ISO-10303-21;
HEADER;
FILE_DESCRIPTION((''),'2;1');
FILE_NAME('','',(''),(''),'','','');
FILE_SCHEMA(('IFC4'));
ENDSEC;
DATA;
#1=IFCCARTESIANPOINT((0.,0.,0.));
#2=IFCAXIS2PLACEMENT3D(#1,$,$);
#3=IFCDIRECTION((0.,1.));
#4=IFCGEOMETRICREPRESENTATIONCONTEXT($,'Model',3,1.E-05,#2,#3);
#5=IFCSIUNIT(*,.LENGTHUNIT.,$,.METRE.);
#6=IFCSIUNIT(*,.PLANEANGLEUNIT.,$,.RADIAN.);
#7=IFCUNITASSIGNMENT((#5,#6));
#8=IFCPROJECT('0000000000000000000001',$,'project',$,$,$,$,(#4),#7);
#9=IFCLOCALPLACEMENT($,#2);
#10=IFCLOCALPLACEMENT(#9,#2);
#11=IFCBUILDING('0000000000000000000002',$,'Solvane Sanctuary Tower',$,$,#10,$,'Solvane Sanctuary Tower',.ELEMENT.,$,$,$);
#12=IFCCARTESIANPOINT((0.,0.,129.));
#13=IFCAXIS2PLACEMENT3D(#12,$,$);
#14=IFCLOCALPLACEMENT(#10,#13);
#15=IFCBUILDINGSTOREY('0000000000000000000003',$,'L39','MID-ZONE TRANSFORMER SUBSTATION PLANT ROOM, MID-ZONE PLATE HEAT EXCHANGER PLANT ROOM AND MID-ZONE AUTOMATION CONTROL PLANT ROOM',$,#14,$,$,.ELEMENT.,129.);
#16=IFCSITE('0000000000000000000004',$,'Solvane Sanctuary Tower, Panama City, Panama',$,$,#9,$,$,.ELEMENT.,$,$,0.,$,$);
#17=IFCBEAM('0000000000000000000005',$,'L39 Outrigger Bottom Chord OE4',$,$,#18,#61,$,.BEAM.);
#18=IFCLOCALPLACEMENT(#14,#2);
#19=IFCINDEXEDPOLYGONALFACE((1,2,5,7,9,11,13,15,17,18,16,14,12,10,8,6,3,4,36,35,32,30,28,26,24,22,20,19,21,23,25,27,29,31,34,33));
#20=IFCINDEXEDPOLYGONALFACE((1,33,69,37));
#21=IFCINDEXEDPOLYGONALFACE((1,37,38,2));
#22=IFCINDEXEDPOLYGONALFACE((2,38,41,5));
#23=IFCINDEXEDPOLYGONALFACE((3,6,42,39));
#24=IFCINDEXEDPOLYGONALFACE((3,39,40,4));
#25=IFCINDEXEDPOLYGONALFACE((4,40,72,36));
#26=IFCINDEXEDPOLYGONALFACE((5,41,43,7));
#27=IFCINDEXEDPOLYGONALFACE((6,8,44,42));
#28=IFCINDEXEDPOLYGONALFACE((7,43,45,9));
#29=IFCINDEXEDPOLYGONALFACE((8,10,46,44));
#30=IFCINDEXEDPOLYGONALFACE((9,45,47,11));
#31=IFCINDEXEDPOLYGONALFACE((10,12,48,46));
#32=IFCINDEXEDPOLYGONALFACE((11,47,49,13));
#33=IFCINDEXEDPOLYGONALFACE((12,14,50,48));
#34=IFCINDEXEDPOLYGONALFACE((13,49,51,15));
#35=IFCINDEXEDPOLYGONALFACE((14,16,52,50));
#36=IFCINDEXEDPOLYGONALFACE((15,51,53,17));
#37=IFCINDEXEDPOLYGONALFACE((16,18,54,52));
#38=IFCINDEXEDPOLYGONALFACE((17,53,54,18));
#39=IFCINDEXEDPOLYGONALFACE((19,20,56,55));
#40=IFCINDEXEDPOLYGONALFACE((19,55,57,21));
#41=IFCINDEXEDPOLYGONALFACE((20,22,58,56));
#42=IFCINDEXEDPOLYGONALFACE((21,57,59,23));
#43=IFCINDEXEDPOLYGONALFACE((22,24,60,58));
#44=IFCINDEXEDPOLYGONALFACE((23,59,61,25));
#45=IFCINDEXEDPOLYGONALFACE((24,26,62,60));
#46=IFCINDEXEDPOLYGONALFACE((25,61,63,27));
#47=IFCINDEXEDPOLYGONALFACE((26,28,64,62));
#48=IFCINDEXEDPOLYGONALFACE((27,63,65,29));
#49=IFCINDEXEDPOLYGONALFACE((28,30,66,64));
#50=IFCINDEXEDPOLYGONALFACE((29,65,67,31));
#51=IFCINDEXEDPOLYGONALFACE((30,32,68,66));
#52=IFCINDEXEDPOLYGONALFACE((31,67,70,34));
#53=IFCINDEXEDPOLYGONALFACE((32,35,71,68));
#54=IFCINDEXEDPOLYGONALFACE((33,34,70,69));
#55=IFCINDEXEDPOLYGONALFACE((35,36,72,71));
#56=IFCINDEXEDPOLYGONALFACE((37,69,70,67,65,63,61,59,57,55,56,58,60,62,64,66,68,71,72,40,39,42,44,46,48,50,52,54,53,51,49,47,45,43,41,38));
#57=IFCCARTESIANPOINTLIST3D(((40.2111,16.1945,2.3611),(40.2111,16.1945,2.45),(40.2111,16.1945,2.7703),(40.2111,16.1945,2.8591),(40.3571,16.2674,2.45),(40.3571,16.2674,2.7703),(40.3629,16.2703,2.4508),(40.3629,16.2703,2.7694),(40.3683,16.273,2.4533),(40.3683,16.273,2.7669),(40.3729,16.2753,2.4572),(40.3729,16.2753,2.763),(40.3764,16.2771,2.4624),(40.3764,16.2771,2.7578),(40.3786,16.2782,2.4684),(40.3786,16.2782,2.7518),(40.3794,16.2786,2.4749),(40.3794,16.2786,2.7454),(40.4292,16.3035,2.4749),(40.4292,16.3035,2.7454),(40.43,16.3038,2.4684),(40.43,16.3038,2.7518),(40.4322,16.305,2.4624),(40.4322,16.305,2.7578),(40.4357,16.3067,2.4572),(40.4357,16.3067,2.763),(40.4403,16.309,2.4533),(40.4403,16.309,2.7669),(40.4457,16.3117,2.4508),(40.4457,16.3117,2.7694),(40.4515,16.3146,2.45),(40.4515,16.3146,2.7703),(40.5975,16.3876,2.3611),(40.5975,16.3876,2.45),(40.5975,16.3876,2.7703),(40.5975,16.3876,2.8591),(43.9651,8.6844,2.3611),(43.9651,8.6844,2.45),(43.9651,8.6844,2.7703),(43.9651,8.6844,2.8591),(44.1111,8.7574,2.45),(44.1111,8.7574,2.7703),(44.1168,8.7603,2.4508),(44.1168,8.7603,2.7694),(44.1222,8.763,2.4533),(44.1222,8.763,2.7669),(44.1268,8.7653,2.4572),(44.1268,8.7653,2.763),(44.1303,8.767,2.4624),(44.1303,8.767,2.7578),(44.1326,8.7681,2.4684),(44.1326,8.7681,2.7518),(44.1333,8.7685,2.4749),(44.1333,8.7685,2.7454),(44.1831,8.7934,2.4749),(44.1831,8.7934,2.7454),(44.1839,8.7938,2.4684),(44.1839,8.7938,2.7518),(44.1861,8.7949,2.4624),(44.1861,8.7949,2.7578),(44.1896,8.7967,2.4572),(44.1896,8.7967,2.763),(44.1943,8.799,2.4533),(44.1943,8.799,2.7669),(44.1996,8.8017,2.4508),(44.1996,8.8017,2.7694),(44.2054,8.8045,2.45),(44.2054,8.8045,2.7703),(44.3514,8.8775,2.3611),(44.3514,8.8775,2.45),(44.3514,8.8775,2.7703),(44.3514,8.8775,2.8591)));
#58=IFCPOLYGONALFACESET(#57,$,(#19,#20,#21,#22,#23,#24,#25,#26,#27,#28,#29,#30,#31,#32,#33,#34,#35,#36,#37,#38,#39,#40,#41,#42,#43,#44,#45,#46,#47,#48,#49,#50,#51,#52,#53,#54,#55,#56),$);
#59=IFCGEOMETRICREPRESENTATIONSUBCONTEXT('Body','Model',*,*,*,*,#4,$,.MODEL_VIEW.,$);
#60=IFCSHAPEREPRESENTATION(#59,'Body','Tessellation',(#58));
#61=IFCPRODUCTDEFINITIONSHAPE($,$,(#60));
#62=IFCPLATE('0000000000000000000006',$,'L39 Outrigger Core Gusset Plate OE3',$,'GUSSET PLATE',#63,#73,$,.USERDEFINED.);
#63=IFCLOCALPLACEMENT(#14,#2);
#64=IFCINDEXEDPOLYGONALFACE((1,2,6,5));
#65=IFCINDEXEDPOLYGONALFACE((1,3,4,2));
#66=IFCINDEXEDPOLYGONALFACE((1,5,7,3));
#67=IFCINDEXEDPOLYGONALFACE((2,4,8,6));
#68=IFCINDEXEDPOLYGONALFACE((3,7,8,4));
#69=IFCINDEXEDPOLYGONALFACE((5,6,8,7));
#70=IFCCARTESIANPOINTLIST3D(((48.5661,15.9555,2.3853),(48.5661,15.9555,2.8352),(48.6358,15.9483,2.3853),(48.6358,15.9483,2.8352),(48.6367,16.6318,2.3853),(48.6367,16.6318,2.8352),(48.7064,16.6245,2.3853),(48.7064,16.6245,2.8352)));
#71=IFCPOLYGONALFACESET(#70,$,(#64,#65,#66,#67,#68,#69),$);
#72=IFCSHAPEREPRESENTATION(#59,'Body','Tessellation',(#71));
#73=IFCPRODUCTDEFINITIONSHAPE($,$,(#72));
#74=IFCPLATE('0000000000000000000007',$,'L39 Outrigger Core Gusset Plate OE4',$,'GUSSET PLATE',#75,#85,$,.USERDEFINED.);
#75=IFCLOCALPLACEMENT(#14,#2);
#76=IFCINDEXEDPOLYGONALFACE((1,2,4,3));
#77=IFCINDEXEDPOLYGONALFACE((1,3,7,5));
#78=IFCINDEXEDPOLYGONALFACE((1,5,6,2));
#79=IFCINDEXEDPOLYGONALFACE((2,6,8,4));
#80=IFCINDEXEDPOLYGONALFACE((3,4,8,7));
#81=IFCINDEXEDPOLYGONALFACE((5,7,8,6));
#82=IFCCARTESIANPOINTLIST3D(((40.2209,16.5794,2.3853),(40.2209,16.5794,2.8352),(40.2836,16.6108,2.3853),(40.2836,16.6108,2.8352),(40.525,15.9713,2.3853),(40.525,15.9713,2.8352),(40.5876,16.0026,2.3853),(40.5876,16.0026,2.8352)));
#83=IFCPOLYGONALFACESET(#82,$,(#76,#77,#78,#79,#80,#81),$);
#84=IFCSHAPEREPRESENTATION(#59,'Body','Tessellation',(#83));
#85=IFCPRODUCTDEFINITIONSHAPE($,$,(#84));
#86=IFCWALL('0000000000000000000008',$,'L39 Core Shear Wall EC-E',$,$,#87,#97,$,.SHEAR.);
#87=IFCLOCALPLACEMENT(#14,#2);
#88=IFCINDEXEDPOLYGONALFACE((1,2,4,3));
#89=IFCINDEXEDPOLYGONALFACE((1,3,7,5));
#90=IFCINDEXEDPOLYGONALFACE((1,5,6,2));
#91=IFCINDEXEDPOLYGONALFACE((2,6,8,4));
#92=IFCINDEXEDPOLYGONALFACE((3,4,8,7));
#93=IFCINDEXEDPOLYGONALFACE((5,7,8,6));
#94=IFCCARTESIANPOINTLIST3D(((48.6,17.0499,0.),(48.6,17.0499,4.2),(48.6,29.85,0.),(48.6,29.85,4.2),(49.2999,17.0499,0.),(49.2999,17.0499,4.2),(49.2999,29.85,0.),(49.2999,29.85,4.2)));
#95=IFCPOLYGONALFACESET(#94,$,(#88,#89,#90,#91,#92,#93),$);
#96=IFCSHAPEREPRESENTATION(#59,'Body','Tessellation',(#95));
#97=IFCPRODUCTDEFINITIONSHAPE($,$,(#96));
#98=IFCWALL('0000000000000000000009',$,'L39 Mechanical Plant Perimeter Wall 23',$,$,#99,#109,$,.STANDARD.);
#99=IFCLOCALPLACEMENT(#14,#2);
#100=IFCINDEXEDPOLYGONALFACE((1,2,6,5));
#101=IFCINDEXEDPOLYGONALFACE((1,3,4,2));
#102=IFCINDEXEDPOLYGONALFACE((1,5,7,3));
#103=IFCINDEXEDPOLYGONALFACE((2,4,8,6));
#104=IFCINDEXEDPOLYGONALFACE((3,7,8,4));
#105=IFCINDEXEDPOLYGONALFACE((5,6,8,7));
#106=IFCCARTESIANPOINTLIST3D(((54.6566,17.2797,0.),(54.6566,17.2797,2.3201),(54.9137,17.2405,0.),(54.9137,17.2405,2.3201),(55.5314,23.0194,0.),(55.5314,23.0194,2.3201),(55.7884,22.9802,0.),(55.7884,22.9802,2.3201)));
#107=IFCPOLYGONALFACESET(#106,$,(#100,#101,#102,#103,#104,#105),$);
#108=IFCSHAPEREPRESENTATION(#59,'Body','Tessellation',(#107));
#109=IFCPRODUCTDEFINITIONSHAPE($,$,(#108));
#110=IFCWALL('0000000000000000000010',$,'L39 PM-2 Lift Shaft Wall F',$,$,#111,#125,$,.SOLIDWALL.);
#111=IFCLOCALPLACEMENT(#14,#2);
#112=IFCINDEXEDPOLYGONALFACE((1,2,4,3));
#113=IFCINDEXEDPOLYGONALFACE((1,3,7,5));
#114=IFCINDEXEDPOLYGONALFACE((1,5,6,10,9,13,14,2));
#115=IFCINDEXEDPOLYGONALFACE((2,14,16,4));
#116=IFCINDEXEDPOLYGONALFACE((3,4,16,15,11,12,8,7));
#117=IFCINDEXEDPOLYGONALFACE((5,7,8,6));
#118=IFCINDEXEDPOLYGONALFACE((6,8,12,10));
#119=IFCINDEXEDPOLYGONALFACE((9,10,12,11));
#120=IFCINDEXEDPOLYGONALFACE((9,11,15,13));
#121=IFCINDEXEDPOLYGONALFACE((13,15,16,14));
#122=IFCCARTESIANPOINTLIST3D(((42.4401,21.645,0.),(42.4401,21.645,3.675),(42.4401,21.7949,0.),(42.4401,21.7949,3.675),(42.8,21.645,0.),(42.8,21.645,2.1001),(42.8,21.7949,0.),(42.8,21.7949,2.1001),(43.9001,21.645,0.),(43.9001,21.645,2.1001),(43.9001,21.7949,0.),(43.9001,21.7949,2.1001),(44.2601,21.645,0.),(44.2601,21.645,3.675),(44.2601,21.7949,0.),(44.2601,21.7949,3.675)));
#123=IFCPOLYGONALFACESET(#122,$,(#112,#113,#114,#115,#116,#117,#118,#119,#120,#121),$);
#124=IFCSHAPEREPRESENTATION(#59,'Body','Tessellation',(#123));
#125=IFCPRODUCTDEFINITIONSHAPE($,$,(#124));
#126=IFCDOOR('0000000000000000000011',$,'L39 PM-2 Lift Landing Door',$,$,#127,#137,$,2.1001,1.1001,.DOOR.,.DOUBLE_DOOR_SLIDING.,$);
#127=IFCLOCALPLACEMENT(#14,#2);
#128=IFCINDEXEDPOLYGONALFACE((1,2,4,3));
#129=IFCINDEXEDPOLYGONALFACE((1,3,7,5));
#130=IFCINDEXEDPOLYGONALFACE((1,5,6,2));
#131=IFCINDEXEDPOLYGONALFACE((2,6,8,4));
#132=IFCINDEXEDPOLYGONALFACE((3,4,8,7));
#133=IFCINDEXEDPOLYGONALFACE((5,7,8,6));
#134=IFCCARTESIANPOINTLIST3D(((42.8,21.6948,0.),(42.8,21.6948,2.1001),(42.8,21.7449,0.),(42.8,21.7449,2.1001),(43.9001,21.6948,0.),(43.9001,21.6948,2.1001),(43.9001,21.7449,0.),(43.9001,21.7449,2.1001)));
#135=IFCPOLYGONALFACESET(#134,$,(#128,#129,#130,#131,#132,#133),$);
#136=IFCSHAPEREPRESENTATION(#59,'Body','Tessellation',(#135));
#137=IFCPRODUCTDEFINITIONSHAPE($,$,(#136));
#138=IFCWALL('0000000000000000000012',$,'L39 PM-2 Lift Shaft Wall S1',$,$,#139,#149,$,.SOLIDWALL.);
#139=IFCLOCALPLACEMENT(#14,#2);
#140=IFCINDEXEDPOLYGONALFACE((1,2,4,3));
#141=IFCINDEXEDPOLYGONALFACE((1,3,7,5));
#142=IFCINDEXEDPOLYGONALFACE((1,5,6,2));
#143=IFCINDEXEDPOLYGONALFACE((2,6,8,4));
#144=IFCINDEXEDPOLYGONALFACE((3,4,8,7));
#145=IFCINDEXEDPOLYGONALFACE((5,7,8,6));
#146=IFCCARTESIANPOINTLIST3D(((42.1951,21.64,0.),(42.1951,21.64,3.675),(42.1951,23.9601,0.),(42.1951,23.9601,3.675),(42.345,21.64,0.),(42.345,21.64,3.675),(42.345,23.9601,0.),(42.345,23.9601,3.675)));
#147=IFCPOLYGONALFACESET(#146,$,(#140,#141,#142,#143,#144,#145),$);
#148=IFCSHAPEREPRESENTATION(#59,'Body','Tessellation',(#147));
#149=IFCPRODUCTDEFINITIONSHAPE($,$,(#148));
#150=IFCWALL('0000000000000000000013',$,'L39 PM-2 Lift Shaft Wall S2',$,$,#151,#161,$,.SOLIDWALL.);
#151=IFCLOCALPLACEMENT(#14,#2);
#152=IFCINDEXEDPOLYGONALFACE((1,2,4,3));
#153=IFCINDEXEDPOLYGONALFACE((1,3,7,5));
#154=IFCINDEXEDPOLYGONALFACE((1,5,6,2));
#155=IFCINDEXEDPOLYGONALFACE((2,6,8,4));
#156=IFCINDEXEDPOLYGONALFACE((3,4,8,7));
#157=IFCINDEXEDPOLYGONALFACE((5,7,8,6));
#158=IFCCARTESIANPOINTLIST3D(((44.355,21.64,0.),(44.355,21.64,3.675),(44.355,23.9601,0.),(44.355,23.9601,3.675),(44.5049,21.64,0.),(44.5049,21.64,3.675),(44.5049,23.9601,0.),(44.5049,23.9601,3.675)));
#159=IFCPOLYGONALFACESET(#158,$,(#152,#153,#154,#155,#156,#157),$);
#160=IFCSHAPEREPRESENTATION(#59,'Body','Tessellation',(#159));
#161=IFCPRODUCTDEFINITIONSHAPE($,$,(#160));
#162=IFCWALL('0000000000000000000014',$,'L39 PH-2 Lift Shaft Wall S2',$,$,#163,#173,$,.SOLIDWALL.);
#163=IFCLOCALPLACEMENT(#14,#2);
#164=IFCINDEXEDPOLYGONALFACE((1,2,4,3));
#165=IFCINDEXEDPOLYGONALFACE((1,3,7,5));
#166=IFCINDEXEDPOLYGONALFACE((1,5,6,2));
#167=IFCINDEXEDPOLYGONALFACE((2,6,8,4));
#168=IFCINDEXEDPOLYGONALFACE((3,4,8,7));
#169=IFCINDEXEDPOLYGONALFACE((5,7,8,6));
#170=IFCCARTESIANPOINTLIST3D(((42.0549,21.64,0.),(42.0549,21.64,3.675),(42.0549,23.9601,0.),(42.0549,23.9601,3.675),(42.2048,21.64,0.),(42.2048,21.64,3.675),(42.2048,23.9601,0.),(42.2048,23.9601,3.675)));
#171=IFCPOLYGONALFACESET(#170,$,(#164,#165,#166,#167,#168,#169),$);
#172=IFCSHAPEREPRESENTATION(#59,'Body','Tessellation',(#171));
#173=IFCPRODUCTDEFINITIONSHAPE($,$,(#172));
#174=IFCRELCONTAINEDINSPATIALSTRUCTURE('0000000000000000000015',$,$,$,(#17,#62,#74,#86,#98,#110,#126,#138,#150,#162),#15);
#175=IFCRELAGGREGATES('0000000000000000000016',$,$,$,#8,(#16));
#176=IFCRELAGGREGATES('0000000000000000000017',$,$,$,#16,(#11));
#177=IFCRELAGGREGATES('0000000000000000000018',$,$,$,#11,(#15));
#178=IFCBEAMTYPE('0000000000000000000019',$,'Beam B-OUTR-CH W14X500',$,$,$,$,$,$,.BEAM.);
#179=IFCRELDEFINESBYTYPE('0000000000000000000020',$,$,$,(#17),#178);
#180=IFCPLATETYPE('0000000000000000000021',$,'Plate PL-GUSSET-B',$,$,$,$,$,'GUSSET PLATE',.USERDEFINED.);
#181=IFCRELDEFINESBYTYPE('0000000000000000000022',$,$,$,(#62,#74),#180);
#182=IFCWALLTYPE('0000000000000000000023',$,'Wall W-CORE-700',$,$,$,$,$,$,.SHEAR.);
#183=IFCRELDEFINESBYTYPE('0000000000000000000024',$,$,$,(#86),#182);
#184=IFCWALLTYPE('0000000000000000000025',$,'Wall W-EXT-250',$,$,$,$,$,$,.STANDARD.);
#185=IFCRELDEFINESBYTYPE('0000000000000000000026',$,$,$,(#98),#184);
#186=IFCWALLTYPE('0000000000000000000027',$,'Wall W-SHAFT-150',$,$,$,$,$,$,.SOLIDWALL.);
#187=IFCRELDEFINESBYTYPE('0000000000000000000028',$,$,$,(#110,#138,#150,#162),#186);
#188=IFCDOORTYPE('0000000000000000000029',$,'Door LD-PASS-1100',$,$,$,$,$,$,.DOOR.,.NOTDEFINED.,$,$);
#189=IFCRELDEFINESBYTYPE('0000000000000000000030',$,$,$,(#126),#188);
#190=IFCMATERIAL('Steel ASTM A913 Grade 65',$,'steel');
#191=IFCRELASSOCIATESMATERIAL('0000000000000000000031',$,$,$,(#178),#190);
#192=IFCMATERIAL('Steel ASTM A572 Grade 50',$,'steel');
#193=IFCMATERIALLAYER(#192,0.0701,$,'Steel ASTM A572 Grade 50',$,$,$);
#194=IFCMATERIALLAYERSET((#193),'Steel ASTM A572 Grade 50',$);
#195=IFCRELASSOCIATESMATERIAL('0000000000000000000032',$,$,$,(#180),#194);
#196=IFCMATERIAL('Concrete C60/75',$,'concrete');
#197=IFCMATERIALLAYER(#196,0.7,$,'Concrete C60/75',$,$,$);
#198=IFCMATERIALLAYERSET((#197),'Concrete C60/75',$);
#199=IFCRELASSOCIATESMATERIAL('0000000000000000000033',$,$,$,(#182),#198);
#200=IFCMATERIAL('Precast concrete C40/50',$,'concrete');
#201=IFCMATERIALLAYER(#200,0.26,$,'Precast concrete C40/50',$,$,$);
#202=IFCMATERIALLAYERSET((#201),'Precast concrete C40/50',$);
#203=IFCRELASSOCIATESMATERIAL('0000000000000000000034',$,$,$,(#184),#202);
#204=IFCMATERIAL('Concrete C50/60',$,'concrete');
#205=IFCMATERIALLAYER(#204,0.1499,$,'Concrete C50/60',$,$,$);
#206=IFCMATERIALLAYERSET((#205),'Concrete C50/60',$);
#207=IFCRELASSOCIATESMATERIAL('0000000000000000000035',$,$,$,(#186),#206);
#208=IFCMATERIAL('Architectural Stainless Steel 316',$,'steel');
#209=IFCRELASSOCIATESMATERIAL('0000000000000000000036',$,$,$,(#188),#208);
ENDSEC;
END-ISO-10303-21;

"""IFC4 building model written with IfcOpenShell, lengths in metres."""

from ifc_helpers import new_model, si_unit, direction, frame, frame_2d, origin, origin_2d, place, context, subcontext, project, spatial, rectangle, i_section, extrude, material, layer, layer_set, material_profile, profile_set, type_object, element, fill, save


model = new_model("IFC4")

# Units and contexts
model_context = context("Model", 3, precision=1e-05, world=origin(), true_north=direction((0.0, 1.0)))
body_context = subcontext(model_context, "Body", "Model", "MODEL_VIEW")
ifc_project = project(units=[si_unit("LENGTHUNIT", "METRE"), si_unit("PLANEANGLEUNIT", "RADIAN")], contexts=[model_context])

# Site, building, storey
site_placement = place(None, origin())
site = spatial("IfcSite", under=ifc_project, at=site_placement, Name="Solvane Sanctuary Tower, Panama City, Panama", CompositionType="ELEMENT", RefElevation=0.0)
building_placement = place(site_placement, origin())
building = spatial("IfcBuilding", under=site, at=building_placement, Name="Solvane Sanctuary Tower", LongName="Solvane Sanctuary Tower", CompositionType="ELEMENT")
storey_placement = place(building_placement, frame((0.0, 0.0, 129.0)))
storey = spatial("IfcBuildingStorey", under=building, at=storey_placement, Name="L39", Description="MID-ZONE TRANSFORMER SUBSTATION PLANT ROOM, MID-ZONE PLATE HEAT EXCHANGER PLANT ROOM AND MID-ZONE AUTOMATION CONTROL PLANT ROOM", CompositionType="ELEMENT", Elevation=129.0)

# Beam
ifc_material_1 = material(Name="Steel ASTM A913 Grade 65", Category="steel")
ifc_material_profile_1 = material_profile(ifc_material_1, i_section(OverallWidth=0.4319, OverallDepth=0.498, WebThickness=0.0557, FlangeThickness=0.0889, FilletRadius=0.0249, at=origin_2d()), Name="W14X500")
ifc_profile_set_1 = profile_set([ifc_material_profile_1], Name="Steel ASTM A913 Grade 65")
beam_type_1 = type_object("IfcBeamType", Name="Beam B-OUTR-CH W14X500", PredefinedType="BEAM", material=ifc_profile_set_1)
for number, where, z_axis, x_axis, name in (
    (1, (40.4043, 16.291, 2.6101), (0.447109, -0.89448, 0.0), (0.89448, 0.447109, 0.0), "L39 Outrigger Bottom Chord OE4"),
):
    element("IfcBeam", number, at=place(storey_placement, frame(where, z_axis=z_axis, x_axis=x_axis)), inside=storey, type_object=beam_type_1, Name=name, PredefinedType="BEAM", context=body_context, shape_type="SweptSolid", body=[
        extrude(i_section(OverallWidth=0.4319, OverallDepth=0.498, WebThickness=0.0557, FlangeThickness=0.0889, FilletRadius=0.0249, at=origin_2d()), origin(), (0.0, 0.0, 1.0), 8.396),
    ])

# Plates
ifc_material_2 = material(Name="Steel ASTM A572 Grade 50", Category="steel")
ifc_layer_1 = layer(ifc_material_2, 0.0701, Name="Steel ASTM A572 Grade 50")
ifc_layer_set_1 = layer_set([ifc_layer_1], Name="Steel ASTM A572 Grade 50")
plate_type = type_object("IfcPlateType", Name="Plate PL-GUSSET-B", ElementType="GUSSET PLATE", PredefinedType="USERDEFINED", material=ifc_layer_set_1)
for number, where, z_axis, x_axis, name in (
    (2, (48.6362, 16.29, 2.3853), (0.0, 0.0, 1.0), (-0.103834, -0.994595, 0.0), "L39 Outrigger Core Gusset Plate OE3"),
    (3, (40.4043, 16.291, 2.3853), (0.0, 0.0, 1.0), (0.447135, -0.894467, 0.0), "L39 Outrigger Core Gusset Plate OE4"),
):
    element("IfcPlate", number, at=place(storey_placement, frame(where, z_axis=z_axis, x_axis=x_axis)), inside=storey, type_object=plate_type, Name=name, ObjectType="GUSSET PLATE", PredefinedType="USERDEFINED", context=body_context, shape_type="SweptSolid", body=[
        extrude(rectangle(XDim=0.6799, YDim=0.0701, at=origin_2d()), origin(), (0.0, 0.0, 1.0), 0.45),
    ])

# Walls
ifc_material_3 = material(Name="Concrete C60/75", Category="concrete")
ifc_layer_2 = layer(ifc_material_3, 0.7, Name="Concrete C60/75")
ifc_layer_set_2 = layer_set([ifc_layer_2], Name="Concrete C60/75")
wall_type_1 = type_object("IfcWallType", Name="Wall W-CORE-700", PredefinedType="SHEAR", material=ifc_layer_set_2)
wall_1_placement = place(storey_placement, frame((48.95, 17.05, 0.0), z_axis=(0.0, 0.0, 1.0), x_axis=(0.0, 1.0, 0.0)))
element("IfcWall", 4, at=wall_1_placement, inside=storey, type_object=wall_type_1, Name="L39 Core Shear Wall EC-E", PredefinedType="SHEAR", context=body_context, shape_type="SweptSolid", body=[
    extrude(rectangle(XDim=12.8, YDim=0.7, at=frame_2d((6.3999, 0.0))), origin(), (0.0, 0.0, 1.0), 4.2),
])
ifc_material_4 = material(Name="Precast concrete C40/50", Category="concrete")
ifc_layer_3 = layer(ifc_material_4, 0.26, Name="Precast concrete C40/50")
ifc_layer_set_3 = layer_set([ifc_layer_3], Name="Precast concrete C40/50")
wall_type_2 = type_object("IfcWallType", Name="Wall W-EXT-250", PredefinedType="STANDARD", material=ifc_layer_set_3)
wall_2_placement = place(storey_placement, frame((54.7852, 17.2603, 0.0), z_axis=(0.0, 0.0, 1.0), x_axis=(0.150664, 0.988585, 0.0)))
element("IfcWall", 5, at=wall_2_placement, inside=storey, type_object=wall_type_2, Name="L39 Mechanical Plant Perimeter Wall 23", PredefinedType="STANDARD", context=body_context, shape_type="SweptSolid", body=[
    extrude(rectangle(XDim=5.8059, YDim=0.26, at=frame_2d((2.9028, 0.0))), origin(), (0.0, 0.0, 1.0), 2.3201),
])

# Wall, opening, door
ifc_material_5 = material(Name="Concrete C50/60", Category="concrete")
ifc_layer_4 = layer(ifc_material_5, 0.1499, Name="Concrete C50/60")
ifc_layer_set_4 = layer_set([ifc_layer_4], Name="Concrete C50/60")
wall_type_3 = type_object("IfcWallType", Name="Wall W-SHAFT-150", PredefinedType="SOLIDWALL", material=ifc_layer_set_4)
wall_3_placement = place(storey_placement, frame((42.4399, 21.72, 0.0), z_axis=(0.0, 0.0, 1.0), x_axis=(1.0, 0.0, 0.0)))
wall_3 = element("IfcWall", 6, at=wall_3_placement, inside=storey, type_object=wall_type_3, Name="L39 PM-2 Lift Shaft Wall F", PredefinedType="SOLIDWALL", context=body_context, shape_type="SweptSolid", body=[
    extrude(rectangle(XDim=1.8201, YDim=0.1499, at=frame_2d((0.9102, 0.0))), origin(), (0.0, 0.0, 1.0), 3.675),
])
opening_1_placement = place(wall_3_placement, frame((0.3601, 0.0, 0.0)))
opening_1 = element("IfcOpeningElement", 7, at=opening_1_placement, cuts=wall_3, PredefinedType="OPENING", context=body_context, shape_type="SweptSolid", body=[
    extrude(rectangle(XDim=1.1001, YDim=2.1001, at=frame_2d((0.55, 1.05))), frame((0.0, 0.085, 0.0), z_axis=(0.0, -1.0, 0.0), x_axis=(1.0, 0.0, 0.0)), (0.0, 0.0, 1.0), 0.1699),
])
ifc_material_6 = material(Name="Architectural Stainless Steel 316", Category="steel")
door_type_1 = type_object("IfcDoorType", Name="Door LD-PASS-1100", OperationType="NOTDEFINED", PredefinedType="DOOR", material=ifc_material_6)
door_1_placement = place(opening_1_placement, origin())
door_1 = element("IfcDoor", 8, at=door_1_placement, inside=storey, type_object=door_type_1, Name="L39 PM-2 Lift Landing Door", OperationType="DOUBLE_DOOR_SLIDING", OverallHeight=2.1001, OverallWidth=1.1001, PredefinedType="DOOR", context=body_context, shape_type="SweptSolid", body=[
    extrude(rectangle(XDim=1.1001, YDim=2.1001, at=frame_2d((0.55, 1.05))), frame((0.0, 0.0249, 0.0), z_axis=(0.0, -1.0, 0.0), x_axis=(1.0, 0.0, 0.0)), (0.0, 0.0, 1.0), 0.05),
])
fill(opening_1, door_1)

# Walls
for number, where, z_axis, x_axis, name in (
    (9, (42.27, 21.6399, 0.0), (0.0, 0.0, 1.0), (0.0, 1.0, 0.0), "L39 PM-2 Lift Shaft Wall S1"),
    (10, (44.4299, 21.6399, 0.0), (0.0, 0.0, 1.0), (0.0, 1.0, 0.0), "L39 PM-2 Lift Shaft Wall S2"),
    (11, (42.1299, 21.6399, 0.0), (0.0, 0.0, 1.0), (0.0, 1.0, 0.0), "L39 PH-2 Lift Shaft Wall S2"),
):
    element("IfcWall", number, at=place(storey_placement, frame(where, z_axis=z_axis, x_axis=x_axis)), inside=storey, type_object=wall_type_3, Name=name, PredefinedType="SOLIDWALL", context=body_context, shape_type="SweptSolid", body=[
        extrude(rectangle(XDim=2.3201, YDim=0.1499, at=frame_2d((1.1602, 0.0))), origin(), (0.0, 0.0, 1.0), 3.675),
    ])

save(model, "model.ifc")
